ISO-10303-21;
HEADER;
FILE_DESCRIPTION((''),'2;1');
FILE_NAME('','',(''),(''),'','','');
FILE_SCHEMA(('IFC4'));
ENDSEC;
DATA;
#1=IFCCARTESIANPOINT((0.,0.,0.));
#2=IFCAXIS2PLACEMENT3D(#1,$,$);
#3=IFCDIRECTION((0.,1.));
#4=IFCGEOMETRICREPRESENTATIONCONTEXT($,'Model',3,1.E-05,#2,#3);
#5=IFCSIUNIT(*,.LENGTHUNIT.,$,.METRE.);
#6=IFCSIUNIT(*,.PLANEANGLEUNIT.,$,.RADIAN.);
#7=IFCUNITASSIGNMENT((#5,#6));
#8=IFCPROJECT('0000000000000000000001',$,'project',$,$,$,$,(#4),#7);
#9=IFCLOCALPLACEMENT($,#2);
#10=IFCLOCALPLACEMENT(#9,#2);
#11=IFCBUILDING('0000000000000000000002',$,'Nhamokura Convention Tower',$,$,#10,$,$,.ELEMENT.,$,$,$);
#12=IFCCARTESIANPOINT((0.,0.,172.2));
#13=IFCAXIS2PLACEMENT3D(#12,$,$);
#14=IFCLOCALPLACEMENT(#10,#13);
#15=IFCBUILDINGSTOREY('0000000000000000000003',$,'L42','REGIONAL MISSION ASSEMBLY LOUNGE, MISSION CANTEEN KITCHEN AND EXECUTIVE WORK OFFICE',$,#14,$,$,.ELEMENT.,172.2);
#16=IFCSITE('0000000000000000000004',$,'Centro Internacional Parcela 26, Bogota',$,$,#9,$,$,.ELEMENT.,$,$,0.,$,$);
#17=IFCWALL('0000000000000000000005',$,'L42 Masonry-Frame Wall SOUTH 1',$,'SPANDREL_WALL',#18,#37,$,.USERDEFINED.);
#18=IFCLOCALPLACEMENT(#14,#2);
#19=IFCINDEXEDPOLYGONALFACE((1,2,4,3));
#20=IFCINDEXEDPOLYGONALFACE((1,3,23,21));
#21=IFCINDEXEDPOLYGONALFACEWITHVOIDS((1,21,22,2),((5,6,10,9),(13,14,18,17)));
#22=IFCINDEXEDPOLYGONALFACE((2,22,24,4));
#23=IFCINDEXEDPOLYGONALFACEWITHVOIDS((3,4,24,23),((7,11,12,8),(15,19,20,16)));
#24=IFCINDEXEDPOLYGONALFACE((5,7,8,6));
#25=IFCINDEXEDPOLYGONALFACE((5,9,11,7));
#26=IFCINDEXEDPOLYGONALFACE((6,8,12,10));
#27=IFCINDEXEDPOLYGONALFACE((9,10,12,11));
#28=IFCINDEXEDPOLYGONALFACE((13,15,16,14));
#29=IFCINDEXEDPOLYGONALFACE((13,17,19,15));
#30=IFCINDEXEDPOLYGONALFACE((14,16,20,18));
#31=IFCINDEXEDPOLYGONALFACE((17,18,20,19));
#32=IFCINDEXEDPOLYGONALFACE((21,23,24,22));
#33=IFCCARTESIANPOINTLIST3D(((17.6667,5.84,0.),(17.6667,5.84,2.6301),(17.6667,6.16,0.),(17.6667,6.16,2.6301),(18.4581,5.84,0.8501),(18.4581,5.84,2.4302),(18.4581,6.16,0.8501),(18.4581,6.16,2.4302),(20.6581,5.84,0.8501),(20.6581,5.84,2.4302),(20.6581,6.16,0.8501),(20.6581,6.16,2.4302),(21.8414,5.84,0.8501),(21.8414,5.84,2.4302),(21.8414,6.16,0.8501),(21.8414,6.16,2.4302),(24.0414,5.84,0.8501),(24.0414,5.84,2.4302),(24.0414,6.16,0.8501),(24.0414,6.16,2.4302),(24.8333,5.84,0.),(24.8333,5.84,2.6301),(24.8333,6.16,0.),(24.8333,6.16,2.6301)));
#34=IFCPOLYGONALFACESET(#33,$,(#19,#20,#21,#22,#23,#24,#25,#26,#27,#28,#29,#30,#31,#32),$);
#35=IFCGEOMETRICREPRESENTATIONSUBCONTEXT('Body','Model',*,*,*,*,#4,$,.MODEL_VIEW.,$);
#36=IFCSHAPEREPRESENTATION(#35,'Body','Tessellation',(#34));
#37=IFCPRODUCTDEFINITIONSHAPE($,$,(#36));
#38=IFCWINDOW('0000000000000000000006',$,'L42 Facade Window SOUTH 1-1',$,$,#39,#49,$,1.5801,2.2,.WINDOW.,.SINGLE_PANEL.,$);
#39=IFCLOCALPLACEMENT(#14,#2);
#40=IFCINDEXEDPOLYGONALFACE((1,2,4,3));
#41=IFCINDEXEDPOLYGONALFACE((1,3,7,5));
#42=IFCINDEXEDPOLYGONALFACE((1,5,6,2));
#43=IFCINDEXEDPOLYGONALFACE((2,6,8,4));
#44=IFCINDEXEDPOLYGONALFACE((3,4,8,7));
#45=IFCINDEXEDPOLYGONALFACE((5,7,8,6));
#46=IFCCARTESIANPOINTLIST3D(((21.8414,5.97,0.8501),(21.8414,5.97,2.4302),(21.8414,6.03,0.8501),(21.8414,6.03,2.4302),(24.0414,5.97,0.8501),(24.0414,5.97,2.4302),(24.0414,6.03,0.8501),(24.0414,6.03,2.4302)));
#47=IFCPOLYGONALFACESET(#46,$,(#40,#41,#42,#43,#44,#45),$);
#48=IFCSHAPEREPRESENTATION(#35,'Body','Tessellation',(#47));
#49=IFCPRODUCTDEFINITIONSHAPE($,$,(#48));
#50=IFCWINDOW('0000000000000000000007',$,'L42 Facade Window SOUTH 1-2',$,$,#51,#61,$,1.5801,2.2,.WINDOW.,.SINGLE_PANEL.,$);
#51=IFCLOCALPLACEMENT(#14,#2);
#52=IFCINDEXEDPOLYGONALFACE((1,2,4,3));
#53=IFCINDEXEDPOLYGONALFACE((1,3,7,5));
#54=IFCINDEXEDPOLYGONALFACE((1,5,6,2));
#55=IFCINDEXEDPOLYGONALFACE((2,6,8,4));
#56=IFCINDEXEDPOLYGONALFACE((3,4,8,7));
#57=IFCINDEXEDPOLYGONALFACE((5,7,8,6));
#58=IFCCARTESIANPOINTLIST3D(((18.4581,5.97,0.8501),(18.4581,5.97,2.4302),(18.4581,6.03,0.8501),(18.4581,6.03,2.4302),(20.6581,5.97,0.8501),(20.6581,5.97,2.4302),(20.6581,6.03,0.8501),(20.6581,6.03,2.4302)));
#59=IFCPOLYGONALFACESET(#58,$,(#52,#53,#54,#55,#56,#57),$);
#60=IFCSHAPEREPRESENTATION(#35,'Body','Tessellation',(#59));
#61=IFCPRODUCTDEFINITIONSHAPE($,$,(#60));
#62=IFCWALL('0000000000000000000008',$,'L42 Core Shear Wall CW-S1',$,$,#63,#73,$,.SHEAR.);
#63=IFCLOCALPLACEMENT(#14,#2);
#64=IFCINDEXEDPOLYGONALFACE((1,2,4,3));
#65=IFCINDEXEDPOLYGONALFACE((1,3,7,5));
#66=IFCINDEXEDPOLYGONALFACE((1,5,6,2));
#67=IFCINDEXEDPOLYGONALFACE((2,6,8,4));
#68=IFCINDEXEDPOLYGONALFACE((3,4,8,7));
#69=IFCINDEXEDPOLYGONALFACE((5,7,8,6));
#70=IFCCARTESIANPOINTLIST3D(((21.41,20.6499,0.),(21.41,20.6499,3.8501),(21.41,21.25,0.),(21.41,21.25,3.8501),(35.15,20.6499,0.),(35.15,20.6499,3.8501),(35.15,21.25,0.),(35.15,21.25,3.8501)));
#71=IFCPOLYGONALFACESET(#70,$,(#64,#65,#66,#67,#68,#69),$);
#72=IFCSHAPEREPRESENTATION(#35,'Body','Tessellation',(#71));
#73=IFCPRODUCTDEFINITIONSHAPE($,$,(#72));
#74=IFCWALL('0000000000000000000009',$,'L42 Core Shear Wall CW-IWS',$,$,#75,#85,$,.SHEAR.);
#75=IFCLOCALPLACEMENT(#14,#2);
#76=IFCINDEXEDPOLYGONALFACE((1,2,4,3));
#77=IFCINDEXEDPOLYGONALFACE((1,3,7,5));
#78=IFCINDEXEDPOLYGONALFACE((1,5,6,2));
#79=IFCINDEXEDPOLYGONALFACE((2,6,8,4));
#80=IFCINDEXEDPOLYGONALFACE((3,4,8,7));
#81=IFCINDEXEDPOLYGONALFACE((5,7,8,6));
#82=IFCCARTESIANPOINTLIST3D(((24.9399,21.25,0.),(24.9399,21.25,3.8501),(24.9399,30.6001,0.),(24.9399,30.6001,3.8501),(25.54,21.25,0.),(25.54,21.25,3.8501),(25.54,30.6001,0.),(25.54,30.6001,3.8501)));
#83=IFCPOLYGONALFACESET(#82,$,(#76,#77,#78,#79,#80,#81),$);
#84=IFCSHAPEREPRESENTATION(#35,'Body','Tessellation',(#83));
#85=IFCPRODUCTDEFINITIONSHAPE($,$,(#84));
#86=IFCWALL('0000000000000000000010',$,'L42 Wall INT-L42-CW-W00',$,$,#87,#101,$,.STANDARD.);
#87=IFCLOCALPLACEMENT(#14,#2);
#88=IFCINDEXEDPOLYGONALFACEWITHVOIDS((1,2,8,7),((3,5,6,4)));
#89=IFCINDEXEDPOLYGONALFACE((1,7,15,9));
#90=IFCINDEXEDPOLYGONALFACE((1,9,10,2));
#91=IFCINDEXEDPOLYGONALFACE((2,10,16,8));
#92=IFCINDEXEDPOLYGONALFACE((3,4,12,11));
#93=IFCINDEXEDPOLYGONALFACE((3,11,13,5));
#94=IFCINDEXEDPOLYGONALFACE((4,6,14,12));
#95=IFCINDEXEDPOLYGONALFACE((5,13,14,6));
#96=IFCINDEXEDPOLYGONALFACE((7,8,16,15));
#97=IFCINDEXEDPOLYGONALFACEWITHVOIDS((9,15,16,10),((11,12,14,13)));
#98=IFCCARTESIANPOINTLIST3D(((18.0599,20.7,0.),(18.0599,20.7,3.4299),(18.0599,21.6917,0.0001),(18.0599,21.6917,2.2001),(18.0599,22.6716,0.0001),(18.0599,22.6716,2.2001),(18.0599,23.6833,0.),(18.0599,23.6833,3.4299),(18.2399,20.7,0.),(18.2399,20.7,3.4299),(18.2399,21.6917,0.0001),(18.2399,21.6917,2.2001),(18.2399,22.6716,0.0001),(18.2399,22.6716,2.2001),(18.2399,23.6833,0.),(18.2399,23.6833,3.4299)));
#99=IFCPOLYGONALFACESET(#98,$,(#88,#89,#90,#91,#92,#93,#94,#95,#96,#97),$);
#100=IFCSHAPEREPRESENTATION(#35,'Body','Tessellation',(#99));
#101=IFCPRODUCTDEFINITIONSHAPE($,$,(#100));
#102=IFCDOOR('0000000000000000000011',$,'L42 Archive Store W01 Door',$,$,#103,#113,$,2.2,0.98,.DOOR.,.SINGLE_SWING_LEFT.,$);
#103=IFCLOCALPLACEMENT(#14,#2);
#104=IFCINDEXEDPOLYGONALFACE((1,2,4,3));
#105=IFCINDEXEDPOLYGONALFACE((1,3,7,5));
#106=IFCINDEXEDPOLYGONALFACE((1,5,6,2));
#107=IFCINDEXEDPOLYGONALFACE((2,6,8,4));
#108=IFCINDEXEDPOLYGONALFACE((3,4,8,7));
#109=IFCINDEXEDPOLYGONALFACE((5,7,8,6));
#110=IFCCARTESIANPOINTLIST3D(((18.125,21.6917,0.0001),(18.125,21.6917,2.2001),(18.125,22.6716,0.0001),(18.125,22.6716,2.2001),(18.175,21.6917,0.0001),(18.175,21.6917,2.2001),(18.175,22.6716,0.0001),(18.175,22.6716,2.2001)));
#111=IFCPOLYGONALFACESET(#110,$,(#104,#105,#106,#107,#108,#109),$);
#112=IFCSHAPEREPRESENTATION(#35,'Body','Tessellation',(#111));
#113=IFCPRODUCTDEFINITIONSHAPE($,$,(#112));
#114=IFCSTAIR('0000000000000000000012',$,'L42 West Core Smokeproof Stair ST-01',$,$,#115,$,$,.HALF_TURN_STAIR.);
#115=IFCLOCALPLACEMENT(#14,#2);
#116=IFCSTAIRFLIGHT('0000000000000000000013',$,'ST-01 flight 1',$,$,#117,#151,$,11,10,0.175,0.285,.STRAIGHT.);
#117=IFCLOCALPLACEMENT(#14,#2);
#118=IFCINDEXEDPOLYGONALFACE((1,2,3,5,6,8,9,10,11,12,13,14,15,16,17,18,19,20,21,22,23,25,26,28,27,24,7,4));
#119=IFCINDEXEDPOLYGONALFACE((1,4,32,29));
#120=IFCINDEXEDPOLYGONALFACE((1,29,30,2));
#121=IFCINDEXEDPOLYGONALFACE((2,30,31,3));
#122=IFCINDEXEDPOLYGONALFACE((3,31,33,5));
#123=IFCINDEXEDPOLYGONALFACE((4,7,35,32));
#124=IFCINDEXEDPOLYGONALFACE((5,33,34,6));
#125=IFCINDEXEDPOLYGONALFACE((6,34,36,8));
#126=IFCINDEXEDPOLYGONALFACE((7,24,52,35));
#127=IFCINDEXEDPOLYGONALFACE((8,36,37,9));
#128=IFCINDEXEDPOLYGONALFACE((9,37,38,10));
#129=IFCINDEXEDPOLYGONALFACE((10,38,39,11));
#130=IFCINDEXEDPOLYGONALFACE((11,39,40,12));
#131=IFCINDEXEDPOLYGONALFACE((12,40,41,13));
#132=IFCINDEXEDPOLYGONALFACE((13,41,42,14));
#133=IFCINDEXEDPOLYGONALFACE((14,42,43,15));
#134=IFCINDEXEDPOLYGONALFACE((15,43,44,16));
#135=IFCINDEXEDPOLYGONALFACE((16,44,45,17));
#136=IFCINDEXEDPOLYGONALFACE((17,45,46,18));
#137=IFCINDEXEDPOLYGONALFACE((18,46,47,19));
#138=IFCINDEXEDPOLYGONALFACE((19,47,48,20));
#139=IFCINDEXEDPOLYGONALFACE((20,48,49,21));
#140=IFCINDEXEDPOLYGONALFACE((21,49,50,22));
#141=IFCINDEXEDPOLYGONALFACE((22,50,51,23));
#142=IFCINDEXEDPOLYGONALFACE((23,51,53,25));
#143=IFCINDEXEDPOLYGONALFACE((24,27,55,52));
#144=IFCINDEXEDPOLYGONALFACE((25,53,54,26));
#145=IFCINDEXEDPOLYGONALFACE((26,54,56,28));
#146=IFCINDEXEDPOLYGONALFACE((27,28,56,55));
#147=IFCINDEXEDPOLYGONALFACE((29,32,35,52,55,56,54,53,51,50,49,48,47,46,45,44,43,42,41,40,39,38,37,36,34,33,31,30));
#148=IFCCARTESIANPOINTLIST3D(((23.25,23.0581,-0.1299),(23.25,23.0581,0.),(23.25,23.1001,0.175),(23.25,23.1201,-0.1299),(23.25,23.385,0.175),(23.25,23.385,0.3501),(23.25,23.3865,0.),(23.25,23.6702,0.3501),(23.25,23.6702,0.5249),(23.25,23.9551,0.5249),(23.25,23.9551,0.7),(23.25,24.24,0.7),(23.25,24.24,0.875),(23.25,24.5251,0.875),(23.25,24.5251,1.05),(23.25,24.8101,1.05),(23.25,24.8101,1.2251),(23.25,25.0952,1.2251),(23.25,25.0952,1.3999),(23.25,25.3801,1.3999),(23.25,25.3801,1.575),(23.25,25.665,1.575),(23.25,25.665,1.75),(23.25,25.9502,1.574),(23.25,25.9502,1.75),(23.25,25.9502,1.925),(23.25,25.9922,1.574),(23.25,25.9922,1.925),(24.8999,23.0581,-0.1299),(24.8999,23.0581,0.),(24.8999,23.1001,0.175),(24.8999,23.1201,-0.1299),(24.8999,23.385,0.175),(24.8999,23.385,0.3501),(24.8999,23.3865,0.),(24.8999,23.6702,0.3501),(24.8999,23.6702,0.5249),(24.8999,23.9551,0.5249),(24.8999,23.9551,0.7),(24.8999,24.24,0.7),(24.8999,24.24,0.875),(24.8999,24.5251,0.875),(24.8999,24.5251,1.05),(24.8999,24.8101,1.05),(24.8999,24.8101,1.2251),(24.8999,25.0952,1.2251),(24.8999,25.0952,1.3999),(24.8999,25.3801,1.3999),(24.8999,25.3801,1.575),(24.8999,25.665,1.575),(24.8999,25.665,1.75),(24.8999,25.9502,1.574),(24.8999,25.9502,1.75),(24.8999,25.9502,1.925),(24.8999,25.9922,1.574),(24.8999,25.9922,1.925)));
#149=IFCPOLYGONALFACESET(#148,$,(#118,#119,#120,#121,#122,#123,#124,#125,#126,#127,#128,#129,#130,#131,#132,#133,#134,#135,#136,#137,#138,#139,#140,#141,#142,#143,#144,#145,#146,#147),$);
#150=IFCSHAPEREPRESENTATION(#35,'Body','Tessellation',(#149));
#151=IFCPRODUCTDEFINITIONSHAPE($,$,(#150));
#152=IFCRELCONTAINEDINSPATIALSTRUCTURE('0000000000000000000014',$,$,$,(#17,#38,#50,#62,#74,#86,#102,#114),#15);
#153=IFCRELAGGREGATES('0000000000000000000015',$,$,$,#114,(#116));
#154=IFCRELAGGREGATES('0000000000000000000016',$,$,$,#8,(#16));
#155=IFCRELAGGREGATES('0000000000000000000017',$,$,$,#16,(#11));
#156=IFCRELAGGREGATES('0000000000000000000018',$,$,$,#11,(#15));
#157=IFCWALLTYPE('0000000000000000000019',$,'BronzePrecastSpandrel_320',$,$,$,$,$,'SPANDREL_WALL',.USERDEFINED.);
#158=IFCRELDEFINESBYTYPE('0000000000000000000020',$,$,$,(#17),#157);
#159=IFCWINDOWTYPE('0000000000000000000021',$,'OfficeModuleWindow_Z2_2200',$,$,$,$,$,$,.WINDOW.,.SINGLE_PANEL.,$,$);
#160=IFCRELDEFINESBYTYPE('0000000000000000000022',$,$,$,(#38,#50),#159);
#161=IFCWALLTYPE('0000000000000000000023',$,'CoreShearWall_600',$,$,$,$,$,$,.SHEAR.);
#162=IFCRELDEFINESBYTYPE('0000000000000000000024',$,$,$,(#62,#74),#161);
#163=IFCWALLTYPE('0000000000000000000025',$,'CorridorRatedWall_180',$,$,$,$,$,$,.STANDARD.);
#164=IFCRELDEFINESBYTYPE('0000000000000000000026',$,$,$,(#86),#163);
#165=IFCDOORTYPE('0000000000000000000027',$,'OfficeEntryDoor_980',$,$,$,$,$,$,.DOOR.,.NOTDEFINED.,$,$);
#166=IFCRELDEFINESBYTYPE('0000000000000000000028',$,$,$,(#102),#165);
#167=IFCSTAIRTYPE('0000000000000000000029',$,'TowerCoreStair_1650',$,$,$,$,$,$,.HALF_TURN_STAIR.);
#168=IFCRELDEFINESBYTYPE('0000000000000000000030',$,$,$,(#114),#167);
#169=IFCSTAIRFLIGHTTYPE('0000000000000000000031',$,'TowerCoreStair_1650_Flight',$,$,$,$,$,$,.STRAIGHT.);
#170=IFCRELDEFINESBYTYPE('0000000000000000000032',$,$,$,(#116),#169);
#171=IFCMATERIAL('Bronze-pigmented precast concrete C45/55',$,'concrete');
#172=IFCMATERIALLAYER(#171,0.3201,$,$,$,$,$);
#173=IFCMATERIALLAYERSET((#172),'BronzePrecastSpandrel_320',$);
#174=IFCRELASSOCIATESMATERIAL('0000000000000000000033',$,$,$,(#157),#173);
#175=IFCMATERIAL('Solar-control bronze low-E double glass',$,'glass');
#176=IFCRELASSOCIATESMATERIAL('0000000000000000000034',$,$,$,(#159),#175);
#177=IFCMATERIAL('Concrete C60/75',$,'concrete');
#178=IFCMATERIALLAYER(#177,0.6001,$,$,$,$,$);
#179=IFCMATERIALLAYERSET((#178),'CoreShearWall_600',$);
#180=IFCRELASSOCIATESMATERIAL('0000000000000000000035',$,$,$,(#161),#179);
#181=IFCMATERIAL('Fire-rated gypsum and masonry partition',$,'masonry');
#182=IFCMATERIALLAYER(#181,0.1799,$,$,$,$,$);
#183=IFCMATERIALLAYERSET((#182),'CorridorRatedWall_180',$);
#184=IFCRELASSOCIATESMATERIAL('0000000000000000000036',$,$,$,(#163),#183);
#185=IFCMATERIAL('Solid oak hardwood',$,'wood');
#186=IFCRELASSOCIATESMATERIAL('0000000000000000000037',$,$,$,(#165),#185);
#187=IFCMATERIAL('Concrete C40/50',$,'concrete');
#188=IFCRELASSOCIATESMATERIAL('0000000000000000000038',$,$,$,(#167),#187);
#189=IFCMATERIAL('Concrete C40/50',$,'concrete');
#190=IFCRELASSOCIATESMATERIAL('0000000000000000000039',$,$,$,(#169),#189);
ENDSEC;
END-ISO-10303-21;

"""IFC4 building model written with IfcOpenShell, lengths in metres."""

from ifc_helpers import new_model, si_unit, direction, frame, frame_2d, origin, place, context, subcontext, project, spatial, polyline, rectangle, outline, extrude, material, layer, layer_set, type_object, element, fill, aggregate, save


model = new_model("IFC4")

# Units and contexts
model_context = context("Model", 3, precision=1e-05, world=origin(), true_north=direction((0.0, 1.0)))
body_context = subcontext(model_context, "Body", "Model", "MODEL_VIEW")
ifc_project = project(units=[si_unit("LENGTHUNIT", "METRE"), si_unit("PLANEANGLEUNIT", "RADIAN")], contexts=[model_context])

# Site, building, storey
site_placement = place(None, origin())
site = spatial("IfcSite", under=ifc_project, at=site_placement, Name="Centro Internacional Parcela 26, Bogota", CompositionType="ELEMENT", RefElevation=0.0)
building_placement = place(site_placement, origin())
building = spatial("IfcBuilding", under=site, at=building_placement, Name="Nhamokura Convention Tower", CompositionType="ELEMENT")
storey_placement = place(building_placement, frame((0.0, 0.0, 172.2)))
storey = spatial("IfcBuildingStorey", under=building, at=storey_placement, Name="L42", Description="REGIONAL MISSION ASSEMBLY LOUNGE, MISSION CANTEEN KITCHEN AND EXECUTIVE WORK OFFICE", CompositionType="ELEMENT", Elevation=172.2)

# Shared definitions
ifc_material_1 = material(Name="Bronze-pigmented precast concrete C45/55", Category="concrete")
ifc_layer_1 = layer(ifc_material_1, 0.3201)
ifc_layer_set_1 = layer_set([ifc_layer_1], Name="BronzePrecastSpandrel_320")
wall_type_1 = type_object("IfcWallType", Name="BronzePrecastSpandrel_320", ElementType="SPANDREL_WALL", PredefinedType="USERDEFINED", material=ifc_layer_set_1)

# Wall, openings, windows
wall_1_placement = place(storey_placement, frame((24.8333, 6.0, 0.0), z_axis=(0.0, 0.0, 1.0), x_axis=(-1.0, 0.0, 0.0)))
wall_1 = element("IfcWall", 1, at=wall_1_placement, inside=storey, type_object=wall_type_1, Name="L42 Masonry-Frame Wall SOUTH 1", ObjectType="SPANDREL_WALL", PredefinedType="USERDEFINED", context=body_context, shape_type="SweptSolid", body=[
    extrude(rectangle(XDim=7.1665, YDim=0.3201, at=frame_2d((3.5833, 0.0))), origin(), (0.0, 0.0, 1.0), 2.6301),
])
opening_1_placement = place(wall_1_placement, frame((0.7917, 0.0, 0.8501)))
opening_1 = element("IfcOpeningElement", 2, at=opening_1_placement, cuts=wall_1, PredefinedType="OPENING", context=body_context, shape_type="SweptSolid", body=[
    extrude(rectangle(XDim=2.2, YDim=1.5801, at=frame_2d((1.1001, 0.79))), frame((0.0, 0.1699, 0.0), z_axis=(0.0, -1.0, 0.0), x_axis=(1.0, 0.0, 0.0)), (0.0, 0.0, 1.0), 0.3401),
])
opening_2_placement = place(wall_1_placement, frame((4.175, 0.0, 0.8501)))
opening_2 = element("IfcOpeningElement", 3, at=opening_2_placement, cuts=wall_1, PredefinedType="OPENING", context=body_context, shape_type="SweptSolid", body=[
    extrude(rectangle(XDim=2.2, YDim=1.5801, at=frame_2d((1.1001, 0.79))), frame((0.0, 0.1699, 0.0), z_axis=(0.0, -1.0, 0.0), x_axis=(1.0, 0.0, 0.0)), (0.0, 0.0, 1.0), 0.3401),
])
ifc_material_2 = material(Name="Solar-control bronze low-E double glass", Category="glass")
window_type = type_object("IfcWindowType", Name="OfficeModuleWindow_Z2_2200", PartitioningType="SINGLE_PANEL", PredefinedType="WINDOW", material=ifc_material_2)
window_1_placement = place(opening_1_placement, origin())
window_1 = element("IfcWindow", 4, at=window_1_placement, inside=storey, type_object=window_type, Name="L42 Facade Window SOUTH 1-1", OverallHeight=1.5801, OverallWidth=2.2, PartitioningType="SINGLE_PANEL", PredefinedType="WINDOW", context=body_context, shape_type="SweptSolid", body=[
    extrude(rectangle(XDim=2.2, YDim=1.5801, at=frame_2d((1.1001, 0.79))), frame((0.0, 0.03, 0.0), z_axis=(0.0, -1.0, 0.0), x_axis=(1.0, 0.0, 0.0)), (0.0, 0.0, 1.0), 0.0601),
])
fill(opening_1, window_1)
window_2_placement = place(opening_2_placement, origin())
window_2 = element("IfcWindow", 5, at=window_2_placement, inside=storey, type_object=window_type, Name="L42 Facade Window SOUTH 1-2", OverallHeight=1.5801, OverallWidth=2.2, PartitioningType="SINGLE_PANEL", PredefinedType="WINDOW", context=body_context, shape_type="SweptSolid", body=[
    extrude(rectangle(XDim=2.2, YDim=1.5801, at=frame_2d((1.1001, 0.79))), frame((0.0, 0.03, 0.0), z_axis=(0.0, -1.0, 0.0), x_axis=(1.0, 0.0, 0.0)), (0.0, 0.0, 1.0), 0.0601),
])
fill(opening_2, window_2)

# Shared definitions
ifc_material_3 = material(Name="Concrete C60/75", Category="concrete")
ifc_layer_2 = layer(ifc_material_3, 0.6001)
ifc_layer_set_2 = layer_set([ifc_layer_2], Name="CoreShearWall_600")
wall_type_2 = type_object("IfcWallType", Name="CoreShearWall_600", PredefinedType="SHEAR", material=ifc_layer_set_2)

# Walls
wall_2_placement = place(storey_placement, frame((21.4099, 20.95, 0.0), z_axis=(0.0, 0.0, 1.0), x_axis=(1.0, 0.0, 0.0)))
element("IfcWall", 6, at=wall_2_placement, inside=storey, type_object=wall_type_2, Name="L42 Core Shear Wall CW-S1", PredefinedType="SHEAR", context=body_context, shape_type="SweptSolid", body=[
    extrude(rectangle(XDim=13.74, YDim=0.6001, at=frame_2d((6.8701, 0.0))), origin(), (0.0, 0.0, 1.0), 3.8501),
])
wall_3_placement = place(storey_placement, frame((25.24, 21.25, 0.0), z_axis=(0.0, 0.0, 1.0), x_axis=(0.0, 1.0, 0.0)))
element("IfcWall", 7, at=wall_3_placement, inside=storey, type_object=wall_type_2, Name="L42 Core Shear Wall CW-IWS", PredefinedType="SHEAR", context=body_context, shape_type="SweptSolid", body=[
    extrude(rectangle(XDim=9.3501, YDim=0.6001, at=frame_2d((4.675, 0.0))), origin(), (0.0, 0.0, 1.0), 3.8501),
])

# Wall, opening, door
ifc_material_4 = material(Name="Fire-rated gypsum and masonry partition", Category="masonry")
ifc_layer_3 = layer(ifc_material_4, 0.1799)
ifc_layer_set_3 = layer_set([ifc_layer_3], Name="CorridorRatedWall_180")
wall_type_3 = type_object("IfcWallType", Name="CorridorRatedWall_180", PredefinedType="STANDARD", material=ifc_layer_set_3)
wall_4_placement = place(storey_placement, frame((18.1499, 20.7, 0.0), z_axis=(0.0, 0.0, 1.0), x_axis=(0.0, 1.0, 0.0)))
wall_4 = element("IfcWall", 8, at=wall_4_placement, inside=storey, type_object=wall_type_3, Name="L42 Wall INT-L42-CW-W00", PredefinedType="STANDARD", context=body_context, shape_type="SweptSolid", body=[
    extrude(rectangle(XDim=2.9834, YDim=0.1799, at=frame_2d((1.4917, 0.0))), origin(), (0.0, 0.0, 1.0), 3.4299),
])
opening_3_placement = place(wall_4_placement, frame((0.9917, 0.0, 0.0)))
opening_3 = element("IfcOpeningElement", 9, at=opening_3_placement, cuts=wall_4, PredefinedType="OPENING", context=body_context, shape_type="SweptSolid", body=[
    extrude(rectangle(XDim=0.98, YDim=2.2, at=frame_2d((0.49, 1.1001))), frame((0.0, 0.0999, 0.0), z_axis=(0.0, -1.0, 0.0), x_axis=(1.0, 0.0, 0.0)), (0.0, 0.0, 1.0), 0.2),
])
ifc_material_5 = material(Name="Solid oak hardwood", Category="wood")
door_type_1 = type_object("IfcDoorType", Name="OfficeEntryDoor_980", OperationType="NOTDEFINED", PredefinedType="DOOR", material=ifc_material_5)
door_1_placement = place(opening_3_placement, origin())
door_1 = element("IfcDoor", 10, at=door_1_placement, inside=storey, type_object=door_type_1, Name="L42 Archive Store W01 Door", OperationType="SINGLE_SWING_LEFT", OverallHeight=2.2, OverallWidth=0.98, PredefinedType="DOOR", context=body_context, shape_type="SweptSolid", body=[
    extrude(rectangle(XDim=0.98, YDim=2.2, at=frame_2d((0.49, 1.1001))), frame((0.0, 0.0249, 0.0), z_axis=(0.0, -1.0, 0.0), x_axis=(1.0, 0.0, 0.0)), (0.0, 0.0, 1.0), 0.05),
])
fill(opening_3, door_1)

# Stair, stair flight
ifc_material_6 = material(Name="Concrete C40/50", Category="concrete")
stair_type = type_object("IfcStairType", Name="TowerCoreStair_1650", PredefinedType="HALF_TURN_STAIR", material=ifc_material_6)
stair_placement = place(storey_placement, origin())
stair = element("IfcStair", 11, at=stair_placement, inside=storey, type_object=stair_type, Name="L42 West Core Smokeproof Stair ST-01", PredefinedType="HALF_TURN_STAIR")
ifc_material_7 = material(Name="Concrete C40/50", Category="concrete")
stair_flight_type = type_object("IfcStairFlightType", Name="TowerCoreStair_1650_Flight", PredefinedType="STRAIGHT", material=ifc_material_7)
stair_flight_placement = place(storey_placement, frame((24.075, 23.1001, 0.0), z_axis=(0.0, 0.0, 1.0), x_axis=(0.0, 1.0, 0.0)))
stair_flight = element("IfcStairFlight", 12, at=stair_flight_placement, type_object=stair_flight_type, Name="ST-01 flight 1", NumberOfRisers=11, NumberOfTreads=10, PredefinedType="STRAIGHT", RiserHeight=0.175, TreadLength=0.285, context=body_context, shape_type="SweptSolid", body=[
    extrude(outline(polyline([(-0.042, 0.0), (0.0, 0.175), (0.2849, 0.175), (0.2849, 0.3501), (0.5701, 0.3501), (0.5701, 0.5249), (0.855, 0.5249), (0.855, 0.7), (1.1399, 0.7), (1.1399, 0.875), (1.425, 0.875), (1.425, 1.05), (1.71, 1.05), (1.71, 1.2251), (1.9951, 1.2251), (1.9951, 1.3999), (2.28, 1.3999), (2.28, 1.575), (2.5649, 1.575), (2.5649, 1.75), (2.8501, 1.75), (2.8501, 1.925), (2.8921, 1.925), (2.8921, 1.574), (2.8501, 1.574), (0.2864, 0.0), (0.02, -0.1299), (-0.042, -0.1299), (-0.042, 0.0)])), frame((0.0, 0.825, 0.0), z_axis=(0.0, -1.0, 0.0), x_axis=(1.0, 0.0, 0.0)), (0.0, 0.0, 1.0), 1.6499),
])
aggregate(stair, [stair_flight])

save(model, "model.ifc")
